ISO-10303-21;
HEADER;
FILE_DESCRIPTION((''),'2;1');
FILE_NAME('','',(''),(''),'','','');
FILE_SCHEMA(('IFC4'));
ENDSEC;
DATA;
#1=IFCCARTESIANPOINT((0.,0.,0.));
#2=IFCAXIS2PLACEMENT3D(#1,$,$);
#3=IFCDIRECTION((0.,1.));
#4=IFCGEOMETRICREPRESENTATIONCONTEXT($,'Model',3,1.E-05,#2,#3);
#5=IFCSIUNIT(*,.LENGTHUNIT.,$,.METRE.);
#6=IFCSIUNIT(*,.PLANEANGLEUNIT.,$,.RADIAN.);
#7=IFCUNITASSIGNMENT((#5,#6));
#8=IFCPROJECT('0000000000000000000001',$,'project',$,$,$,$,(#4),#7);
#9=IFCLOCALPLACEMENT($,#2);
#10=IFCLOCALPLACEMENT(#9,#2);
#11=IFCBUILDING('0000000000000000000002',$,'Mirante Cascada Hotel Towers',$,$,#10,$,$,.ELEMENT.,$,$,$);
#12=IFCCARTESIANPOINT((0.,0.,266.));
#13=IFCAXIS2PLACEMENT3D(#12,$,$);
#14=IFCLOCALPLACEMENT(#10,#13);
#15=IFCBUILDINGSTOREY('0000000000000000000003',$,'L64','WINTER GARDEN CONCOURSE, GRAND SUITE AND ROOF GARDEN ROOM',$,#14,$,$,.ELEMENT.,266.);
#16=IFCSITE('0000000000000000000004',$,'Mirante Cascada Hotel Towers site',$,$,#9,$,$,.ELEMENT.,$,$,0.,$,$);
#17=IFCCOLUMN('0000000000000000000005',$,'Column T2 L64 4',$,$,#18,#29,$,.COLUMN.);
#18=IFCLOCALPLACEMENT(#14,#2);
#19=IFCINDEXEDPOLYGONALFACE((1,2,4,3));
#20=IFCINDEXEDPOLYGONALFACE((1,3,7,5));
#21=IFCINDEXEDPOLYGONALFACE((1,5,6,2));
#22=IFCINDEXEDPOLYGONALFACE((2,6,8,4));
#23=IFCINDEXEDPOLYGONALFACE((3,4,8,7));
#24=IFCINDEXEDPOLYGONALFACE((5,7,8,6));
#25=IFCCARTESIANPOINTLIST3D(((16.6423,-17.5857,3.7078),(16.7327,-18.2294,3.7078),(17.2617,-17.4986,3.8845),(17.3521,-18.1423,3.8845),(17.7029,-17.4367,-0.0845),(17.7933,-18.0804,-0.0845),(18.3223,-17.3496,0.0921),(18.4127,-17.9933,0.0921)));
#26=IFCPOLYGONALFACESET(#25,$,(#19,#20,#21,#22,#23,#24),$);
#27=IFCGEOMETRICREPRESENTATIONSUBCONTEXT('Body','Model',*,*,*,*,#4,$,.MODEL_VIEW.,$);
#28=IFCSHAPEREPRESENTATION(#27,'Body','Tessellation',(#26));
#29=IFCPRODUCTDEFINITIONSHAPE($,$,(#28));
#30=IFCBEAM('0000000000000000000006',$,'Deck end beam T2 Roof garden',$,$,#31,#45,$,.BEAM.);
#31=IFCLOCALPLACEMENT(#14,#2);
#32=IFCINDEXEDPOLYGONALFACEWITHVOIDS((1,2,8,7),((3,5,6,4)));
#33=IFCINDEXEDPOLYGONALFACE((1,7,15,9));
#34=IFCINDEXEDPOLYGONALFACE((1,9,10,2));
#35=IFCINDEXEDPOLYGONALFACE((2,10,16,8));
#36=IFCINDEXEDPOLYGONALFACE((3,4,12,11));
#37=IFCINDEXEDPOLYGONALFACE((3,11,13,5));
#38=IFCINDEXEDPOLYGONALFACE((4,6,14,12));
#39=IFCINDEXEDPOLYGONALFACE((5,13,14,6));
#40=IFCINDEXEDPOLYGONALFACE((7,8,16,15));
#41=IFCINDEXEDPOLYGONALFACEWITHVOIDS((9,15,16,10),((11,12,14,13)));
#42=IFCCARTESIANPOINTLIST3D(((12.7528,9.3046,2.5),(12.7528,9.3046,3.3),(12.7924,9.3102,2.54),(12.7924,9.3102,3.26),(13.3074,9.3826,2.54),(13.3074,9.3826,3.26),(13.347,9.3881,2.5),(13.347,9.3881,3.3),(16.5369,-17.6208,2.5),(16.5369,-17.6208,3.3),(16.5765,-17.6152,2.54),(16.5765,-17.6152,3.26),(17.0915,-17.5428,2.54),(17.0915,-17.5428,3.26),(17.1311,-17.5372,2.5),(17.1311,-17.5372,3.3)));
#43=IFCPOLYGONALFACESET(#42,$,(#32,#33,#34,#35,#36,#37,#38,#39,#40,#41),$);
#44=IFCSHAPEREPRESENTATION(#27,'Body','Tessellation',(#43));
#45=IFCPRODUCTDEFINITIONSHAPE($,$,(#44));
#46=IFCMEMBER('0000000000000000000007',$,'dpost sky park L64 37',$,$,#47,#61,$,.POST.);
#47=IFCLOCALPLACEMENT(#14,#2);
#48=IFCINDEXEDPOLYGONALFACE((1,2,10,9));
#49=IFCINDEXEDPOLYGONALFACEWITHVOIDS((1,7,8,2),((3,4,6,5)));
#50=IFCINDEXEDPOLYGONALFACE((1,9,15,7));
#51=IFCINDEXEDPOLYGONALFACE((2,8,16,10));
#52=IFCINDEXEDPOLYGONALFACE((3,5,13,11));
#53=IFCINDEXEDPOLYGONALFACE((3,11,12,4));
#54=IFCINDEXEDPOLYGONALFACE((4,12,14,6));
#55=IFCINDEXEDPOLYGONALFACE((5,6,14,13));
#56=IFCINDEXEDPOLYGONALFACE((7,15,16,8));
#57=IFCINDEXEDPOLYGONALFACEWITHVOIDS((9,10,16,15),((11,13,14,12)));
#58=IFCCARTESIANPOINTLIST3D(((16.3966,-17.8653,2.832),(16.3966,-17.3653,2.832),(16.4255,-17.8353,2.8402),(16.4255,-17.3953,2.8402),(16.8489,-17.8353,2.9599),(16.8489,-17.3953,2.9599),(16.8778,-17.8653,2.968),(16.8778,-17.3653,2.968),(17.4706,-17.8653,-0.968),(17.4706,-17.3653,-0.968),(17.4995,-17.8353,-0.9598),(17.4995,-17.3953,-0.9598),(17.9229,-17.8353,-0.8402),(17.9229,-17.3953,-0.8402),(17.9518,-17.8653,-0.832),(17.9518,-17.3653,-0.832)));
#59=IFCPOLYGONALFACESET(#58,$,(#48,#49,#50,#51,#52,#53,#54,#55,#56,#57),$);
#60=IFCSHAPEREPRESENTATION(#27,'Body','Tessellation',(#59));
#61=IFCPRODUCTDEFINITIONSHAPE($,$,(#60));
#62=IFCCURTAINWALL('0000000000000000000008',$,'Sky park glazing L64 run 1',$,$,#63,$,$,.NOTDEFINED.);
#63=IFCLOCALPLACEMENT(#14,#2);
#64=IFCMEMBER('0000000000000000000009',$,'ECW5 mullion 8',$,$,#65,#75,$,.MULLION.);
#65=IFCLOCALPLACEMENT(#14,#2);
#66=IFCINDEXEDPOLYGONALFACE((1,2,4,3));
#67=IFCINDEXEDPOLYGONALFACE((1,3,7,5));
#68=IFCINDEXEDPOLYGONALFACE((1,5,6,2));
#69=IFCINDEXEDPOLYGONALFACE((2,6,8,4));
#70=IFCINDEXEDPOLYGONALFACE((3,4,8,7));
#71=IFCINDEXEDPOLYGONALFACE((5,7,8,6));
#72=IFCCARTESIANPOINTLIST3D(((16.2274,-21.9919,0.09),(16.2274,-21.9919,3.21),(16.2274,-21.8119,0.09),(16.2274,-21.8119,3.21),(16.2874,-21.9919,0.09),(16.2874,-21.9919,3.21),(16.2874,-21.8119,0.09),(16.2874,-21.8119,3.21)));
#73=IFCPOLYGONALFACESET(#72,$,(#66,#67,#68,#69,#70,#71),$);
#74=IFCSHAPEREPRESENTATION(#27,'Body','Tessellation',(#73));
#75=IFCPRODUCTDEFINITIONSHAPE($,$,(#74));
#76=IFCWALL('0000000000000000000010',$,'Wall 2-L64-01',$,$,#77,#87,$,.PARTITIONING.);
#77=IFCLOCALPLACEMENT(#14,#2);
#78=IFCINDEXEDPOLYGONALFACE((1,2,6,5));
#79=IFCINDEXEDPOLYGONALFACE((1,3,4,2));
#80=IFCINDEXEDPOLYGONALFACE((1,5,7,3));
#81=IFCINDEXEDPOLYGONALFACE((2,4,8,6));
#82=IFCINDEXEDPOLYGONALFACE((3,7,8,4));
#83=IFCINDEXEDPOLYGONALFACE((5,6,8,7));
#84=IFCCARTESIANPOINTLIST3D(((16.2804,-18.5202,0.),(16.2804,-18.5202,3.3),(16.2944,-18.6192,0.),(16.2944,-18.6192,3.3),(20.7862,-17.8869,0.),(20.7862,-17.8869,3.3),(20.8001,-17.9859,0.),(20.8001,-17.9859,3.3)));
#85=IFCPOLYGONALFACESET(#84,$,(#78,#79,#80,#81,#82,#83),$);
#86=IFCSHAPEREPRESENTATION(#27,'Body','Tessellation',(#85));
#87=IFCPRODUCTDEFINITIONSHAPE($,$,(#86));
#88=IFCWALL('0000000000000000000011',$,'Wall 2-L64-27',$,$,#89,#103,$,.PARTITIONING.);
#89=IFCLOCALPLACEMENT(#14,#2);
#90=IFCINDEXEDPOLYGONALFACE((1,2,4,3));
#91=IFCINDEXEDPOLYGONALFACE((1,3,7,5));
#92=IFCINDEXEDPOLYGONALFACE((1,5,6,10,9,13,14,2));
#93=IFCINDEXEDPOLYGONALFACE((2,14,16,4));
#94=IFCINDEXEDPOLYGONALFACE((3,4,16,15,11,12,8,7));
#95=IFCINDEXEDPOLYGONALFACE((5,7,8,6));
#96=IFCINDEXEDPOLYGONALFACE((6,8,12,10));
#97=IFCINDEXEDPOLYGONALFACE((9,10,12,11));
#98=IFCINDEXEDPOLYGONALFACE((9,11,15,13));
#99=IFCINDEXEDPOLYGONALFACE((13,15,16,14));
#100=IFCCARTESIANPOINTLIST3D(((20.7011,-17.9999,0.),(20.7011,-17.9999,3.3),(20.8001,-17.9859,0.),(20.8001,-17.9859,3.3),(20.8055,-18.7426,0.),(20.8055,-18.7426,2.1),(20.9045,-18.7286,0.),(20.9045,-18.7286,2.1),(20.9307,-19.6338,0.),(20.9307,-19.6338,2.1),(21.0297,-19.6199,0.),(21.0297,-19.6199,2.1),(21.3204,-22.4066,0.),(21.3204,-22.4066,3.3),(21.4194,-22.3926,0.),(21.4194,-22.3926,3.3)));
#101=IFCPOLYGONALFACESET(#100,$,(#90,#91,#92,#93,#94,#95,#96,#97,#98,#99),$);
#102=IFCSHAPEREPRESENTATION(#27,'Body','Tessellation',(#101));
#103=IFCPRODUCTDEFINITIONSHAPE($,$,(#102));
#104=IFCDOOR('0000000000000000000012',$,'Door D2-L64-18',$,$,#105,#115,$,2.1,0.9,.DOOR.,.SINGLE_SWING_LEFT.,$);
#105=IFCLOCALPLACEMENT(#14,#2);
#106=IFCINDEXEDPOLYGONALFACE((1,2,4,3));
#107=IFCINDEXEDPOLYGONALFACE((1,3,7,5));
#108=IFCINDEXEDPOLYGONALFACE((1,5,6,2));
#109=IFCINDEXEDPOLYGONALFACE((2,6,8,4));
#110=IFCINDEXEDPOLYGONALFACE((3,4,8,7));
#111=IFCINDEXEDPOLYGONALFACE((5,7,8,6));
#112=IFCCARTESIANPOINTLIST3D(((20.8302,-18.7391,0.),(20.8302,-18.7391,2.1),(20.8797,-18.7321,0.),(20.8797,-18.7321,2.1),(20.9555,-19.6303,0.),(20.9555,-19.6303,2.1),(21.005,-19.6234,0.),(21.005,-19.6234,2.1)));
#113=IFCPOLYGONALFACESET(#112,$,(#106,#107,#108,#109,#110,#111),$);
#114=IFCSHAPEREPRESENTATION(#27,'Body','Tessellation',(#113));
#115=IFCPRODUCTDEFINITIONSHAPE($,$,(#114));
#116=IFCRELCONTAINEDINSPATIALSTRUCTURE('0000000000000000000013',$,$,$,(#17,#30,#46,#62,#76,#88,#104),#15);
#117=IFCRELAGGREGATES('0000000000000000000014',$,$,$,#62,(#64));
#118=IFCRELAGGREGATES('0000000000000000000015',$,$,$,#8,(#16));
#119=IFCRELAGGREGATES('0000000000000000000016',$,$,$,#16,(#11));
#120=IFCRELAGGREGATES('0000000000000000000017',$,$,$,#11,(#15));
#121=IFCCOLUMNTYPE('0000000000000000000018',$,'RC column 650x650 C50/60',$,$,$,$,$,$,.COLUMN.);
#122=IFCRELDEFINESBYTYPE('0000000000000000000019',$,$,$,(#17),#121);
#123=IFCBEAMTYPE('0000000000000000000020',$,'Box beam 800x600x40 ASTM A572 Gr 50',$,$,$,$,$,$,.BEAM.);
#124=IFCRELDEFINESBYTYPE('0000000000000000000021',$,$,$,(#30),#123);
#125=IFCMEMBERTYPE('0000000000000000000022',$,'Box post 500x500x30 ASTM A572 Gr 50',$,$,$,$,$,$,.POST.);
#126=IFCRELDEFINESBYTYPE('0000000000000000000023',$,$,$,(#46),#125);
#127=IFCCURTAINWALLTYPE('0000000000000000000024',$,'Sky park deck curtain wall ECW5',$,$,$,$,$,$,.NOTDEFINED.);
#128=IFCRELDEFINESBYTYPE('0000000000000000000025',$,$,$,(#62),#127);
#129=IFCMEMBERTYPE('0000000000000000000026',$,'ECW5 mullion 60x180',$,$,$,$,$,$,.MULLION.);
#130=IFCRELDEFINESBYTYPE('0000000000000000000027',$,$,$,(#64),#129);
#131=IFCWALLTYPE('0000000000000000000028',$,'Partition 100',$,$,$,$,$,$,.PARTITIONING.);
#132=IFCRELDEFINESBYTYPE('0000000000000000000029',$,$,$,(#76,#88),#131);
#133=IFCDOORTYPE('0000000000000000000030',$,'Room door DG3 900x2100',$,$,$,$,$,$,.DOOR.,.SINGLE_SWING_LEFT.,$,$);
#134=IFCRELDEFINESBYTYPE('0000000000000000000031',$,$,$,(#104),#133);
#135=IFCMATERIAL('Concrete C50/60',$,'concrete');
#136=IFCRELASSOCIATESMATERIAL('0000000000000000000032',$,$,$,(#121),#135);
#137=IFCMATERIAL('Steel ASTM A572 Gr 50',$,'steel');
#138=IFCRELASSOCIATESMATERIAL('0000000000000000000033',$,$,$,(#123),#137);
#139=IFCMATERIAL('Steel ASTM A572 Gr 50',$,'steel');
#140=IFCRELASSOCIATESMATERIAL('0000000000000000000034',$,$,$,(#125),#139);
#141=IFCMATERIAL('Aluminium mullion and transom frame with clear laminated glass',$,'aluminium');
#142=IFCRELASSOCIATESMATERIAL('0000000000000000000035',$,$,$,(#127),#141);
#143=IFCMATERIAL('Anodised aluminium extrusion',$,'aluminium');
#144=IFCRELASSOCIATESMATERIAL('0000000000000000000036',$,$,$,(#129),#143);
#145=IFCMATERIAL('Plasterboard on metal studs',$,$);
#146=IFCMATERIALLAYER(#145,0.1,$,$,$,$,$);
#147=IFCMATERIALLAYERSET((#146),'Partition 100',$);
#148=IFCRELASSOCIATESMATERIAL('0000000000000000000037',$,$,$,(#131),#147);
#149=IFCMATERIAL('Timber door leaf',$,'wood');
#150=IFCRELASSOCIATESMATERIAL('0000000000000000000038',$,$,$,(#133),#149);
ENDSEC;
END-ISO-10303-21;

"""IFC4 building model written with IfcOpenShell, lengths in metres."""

from ifc_helpers import new_model, si_unit, direction, frame, frame_2d, origin, origin_2d, place, context, subcontext, project, spatial, rectangle, hollow_rectangle, extrude, material, layer, layer_set, material_profile, profile_set, type_object, element, fill, aggregate, save


model = new_model("IFC4")

# Units and contexts
model_context = context("Model", 3, precision=1e-05, world=origin(), true_north=direction((0.0, 1.0)))
body_context = subcontext(model_context, "Body", "Model", "MODEL_VIEW")
ifc_project = project(units=[si_unit("LENGTHUNIT", "METRE"), si_unit("PLANEANGLEUNIT", "RADIAN")], contexts=[model_context])

# Site, building, storey
site_placement = place(None, origin())
site = spatial("IfcSite", under=ifc_project, at=site_placement, Name="Mirante Cascada Hotel Towers site", CompositionType="ELEMENT", RefElevation=0.0)
building_placement = place(site_placement, origin())
building = spatial("IfcBuilding", under=site, at=building_placement, Name="Mirante Cascada Hotel Towers", CompositionType="ELEMENT")
storey_placement = place(building_placement, frame((0.0, 0.0, 266.0)))
storey = spatial("IfcBuildingStorey", under=building, at=storey_placement, Name="L64", Description="WINTER GARDEN CONCOURSE, GRAND SUITE AND ROOF GARDEN ROOM", CompositionType="ELEMENT", Elevation=266.0)

# Column
ifc_material_1 = material(Name="Concrete C50/60", Category="concrete")
ifc_material_profile_1 = material_profile(ifc_material_1, rectangle(XDim=0.65, YDim=0.65, at=origin_2d()), Name="RC column 650x650 C50/60")
ifc_profile_set_1 = profile_set([ifc_material_profile_1], Name="Concrete C50/60")
column_type = type_object("IfcColumnType", Name="RC column 650x650 C50/60", PredefinedType="COLUMN", material=ifc_profile_set_1)
column_placement = place(storey_placement, frame((18.0578, -17.715, 0.0038), z_axis=(-0.269138, -0.03781, 0.962359), x_axis=(0.13912, -0.990275, 0.0)))
element("IfcColumn", 1, at=column_placement, inside=storey, type_object=column_type, Name="Column T2 L64 4", PredefinedType="COLUMN", context=body_context, shape_type="SweptSolid", body=[
    extrude(rectangle(XDim=0.65, YDim=0.65, at=origin_2d()), origin(), (0.0, 0.0, 1.0), 3.9407),
])

# Beam
ifc_material_2 = material(Name="Steel ASTM A572 Gr 50", Category="steel")
ifc_material_profile_2 = material_profile(ifc_material_2, hollow_rectangle(XDim=0.6, YDim=0.8, WallThickness=0.04, at=origin_2d()), Name="Box beam 800x600x40 ASTM A572 Gr 50")
ifc_profile_set_2 = profile_set([ifc_material_profile_2], Name="Steel ASTM A572 Gr 50")
beam_type = type_object("IfcBeamType", Name="Box beam 800x600x40 ASTM A572 Gr 50", PredefinedType="BEAM", material=ifc_profile_set_2)
beam_placement = place(storey_placement, frame((16.834, -17.579, 2.9), z_axis=(-0.139172, 0.990268, 0.0), x_axis=(-0.990268, -0.139172, 0.0)))
element("IfcBeam", 2, at=beam_placement, inside=storey, type_object=beam_type, Name="Deck end beam T2 Roof garden", PredefinedType="BEAM", context=body_context, shape_type="SweptSolid", body=[
    extrude(hollow_rectangle(XDim=0.6, YDim=0.8, WallThickness=0.04, at=origin_2d()), origin(), (0.0, 0.0, 1.0), 27.19),
])

# Member
ifc_material_3 = material(Name="Steel ASTM A572 Gr 50", Category="steel")
ifc_material_profile_3 = material_profile(ifc_material_3, hollow_rectangle(XDim=0.5, YDim=0.5, WallThickness=0.03, at=origin_2d()), Name="Box post 500x500x30 ASTM A572 Gr 50")
ifc_profile_set_3 = profile_set([ifc_material_profile_3], Name="Steel ASTM A572 Gr 50")
member_type_1 = type_object("IfcMemberType", Name="Box post 500x500x30 ASTM A572 Gr 50", PredefinedType="POST", material=ifc_profile_set_3)
member_1_placement = place(storey_placement, frame((17.7112, -17.6153, -0.9), z_axis=(-0.271977, 0.0, 0.962304), x_axis=(0.0, -1.0, 0.0)))
element("IfcMember", 3, at=member_1_placement, inside=storey, type_object=member_type_1, Name="dpost sky park L64 37", PredefinedType="POST", context=body_context, shape_type="SweptSolid", body=[
    extrude(hollow_rectangle(XDim=0.5, YDim=0.5, WallThickness=0.03, at=origin_2d()), origin(), (0.0, 0.0, 1.0), 3.9489),
])

# Curtain wall, member
ifc_material_4 = material(Name="Aluminium mullion and transom frame with clear laminated glass", Category="aluminium")
curtain_wall_type = type_object("IfcCurtainWallType", Name="Sky park deck curtain wall ECW5", PredefinedType="NOTDEFINED", material=ifc_material_4)
curtain_wall_placement = place(storey_placement, origin())
curtain_wall = element("IfcCurtainWall", 4, at=curtain_wall_placement, inside=storey, type_object=curtain_wall_type, Name="Sky park glazing L64 run 1", PredefinedType="NOTDEFINED")
ifc_material_5 = material(Name="Anodised aluminium extrusion", Category="aluminium")
ifc_material_profile_4 = material_profile(ifc_material_5, rectangle(XDim=0.18, YDim=0.06, at=origin_2d()), Name="ECW5 MULLION 60x180")
ifc_profile_set_4 = profile_set([ifc_material_profile_4], Name="Anodised aluminium extrusion")
member_type_2 = type_object("IfcMemberType", Name="ECW5 mullion 60x180", PredefinedType="MULLION", material=ifc_profile_set_4)
member_2_placement = place(storey_placement, frame((16.2574, -21.9019, 0.09), z_axis=(0.0, 0.0, 1.0), x_axis=(0.0, 1.0, 0.0)))
member_2 = element("IfcMember", 5, at=member_2_placement, type_object=member_type_2, Name="ECW5 mullion 8", PredefinedType="MULLION", context=body_context, shape_type="SweptSolid", body=[
    extrude(rectangle(XDim=0.18, YDim=0.06, at=origin_2d()), origin(), (0.0, 0.0, 1.0), 3.12),
])
aggregate(curtain_wall, [member_2])

# Wall
ifc_material_6 = material(Name="Plasterboard on metal studs")
ifc_layer_1 = layer(ifc_material_6, 0.1)
ifc_layer_set_1 = layer_set([ifc_layer_1], Name="Partition 100")
wall_type_1 = type_object("IfcWallType", Name="Partition 100", PredefinedType="PARTITIONING", material=ifc_layer_set_1)
wall_1_placement = place(storey_placement, frame((16.2874, -18.5697, 0.0), z_axis=(0.0, 0.0, 1.0), x_axis=(0.990266, 0.139187, 0.0)))
element("IfcWall", 6, at=wall_1_placement, inside=storey, type_object=wall_type_1, Name="Wall 2-L64-01", PredefinedType="PARTITIONING", context=body_context, shape_type="SweptSolid", body=[
    extrude(rectangle(XDim=4.55, YDim=0.1, at=frame_2d((2.275, 0.0))), origin(), (0.0, 0.0, 1.0), 3.3),
])

# Wall, opening, door
wall_2_placement = place(storey_placement, frame((21.3699, -22.3996, 0.0), z_axis=(0.0, 0.0, 1.0), x_axis=(-0.139168, 0.990269, 0.0)))
wall_2 = element("IfcWall", 7, at=wall_2_placement, inside=storey, type_object=wall_type_1, Name="Wall 2-L64-27", PredefinedType="PARTITIONING", context=body_context, shape_type="SweptSolid", body=[
    extrude(rectangle(XDim=4.45, YDim=0.1, at=frame_2d((2.225, 0.0))), origin(), (0.0, 0.0, 1.0), 3.3),
])
opening_1_placement = place(wall_2_placement, frame((2.8, 0.0, 0.0)))
opening_1 = element("IfcOpeningElement", 8, at=opening_1_placement, cuts=wall_2, PredefinedType="OPENING", context=body_context, shape_type="SweptSolid", body=[
    extrude(rectangle(XDim=0.9, YDim=2.1, at=frame_2d((0.45, 1.05))), frame((0.0, 0.05, 0.0), z_axis=(0.0, -1.0, 0.0), x_axis=(1.0, 0.0, 0.0)), (0.0, 0.0, 1.0), 0.1),
])
ifc_material_7 = material(Name="Timber door leaf", Category="wood")
door_type = type_object("IfcDoorType", Name="Room door DG3 900x2100", OperationType="SINGLE_SWING_LEFT", PredefinedType="DOOR", material=ifc_material_7)
door_placement = place(opening_1_placement, origin())
door = element("IfcDoor", 9, at=door_placement, inside=storey, type_object=door_type, Name="Door D2-L64-18", OperationType="SINGLE_SWING_LEFT", OverallHeight=2.1, OverallWidth=0.9, PredefinedType="DOOR", context=body_context, shape_type="SweptSolid", body=[
    extrude(rectangle(XDim=0.9, YDim=2.1, at=frame_2d((0.45, 1.05))), frame((0.0, 0.025, 0.0), z_axis=(0.0, -1.0, 0.0), x_axis=(1.0, 0.0, 0.0)), (0.0, 0.0, 1.0), 0.05),
])
fill(opening_1, door)

save(model, "model.ifc")
